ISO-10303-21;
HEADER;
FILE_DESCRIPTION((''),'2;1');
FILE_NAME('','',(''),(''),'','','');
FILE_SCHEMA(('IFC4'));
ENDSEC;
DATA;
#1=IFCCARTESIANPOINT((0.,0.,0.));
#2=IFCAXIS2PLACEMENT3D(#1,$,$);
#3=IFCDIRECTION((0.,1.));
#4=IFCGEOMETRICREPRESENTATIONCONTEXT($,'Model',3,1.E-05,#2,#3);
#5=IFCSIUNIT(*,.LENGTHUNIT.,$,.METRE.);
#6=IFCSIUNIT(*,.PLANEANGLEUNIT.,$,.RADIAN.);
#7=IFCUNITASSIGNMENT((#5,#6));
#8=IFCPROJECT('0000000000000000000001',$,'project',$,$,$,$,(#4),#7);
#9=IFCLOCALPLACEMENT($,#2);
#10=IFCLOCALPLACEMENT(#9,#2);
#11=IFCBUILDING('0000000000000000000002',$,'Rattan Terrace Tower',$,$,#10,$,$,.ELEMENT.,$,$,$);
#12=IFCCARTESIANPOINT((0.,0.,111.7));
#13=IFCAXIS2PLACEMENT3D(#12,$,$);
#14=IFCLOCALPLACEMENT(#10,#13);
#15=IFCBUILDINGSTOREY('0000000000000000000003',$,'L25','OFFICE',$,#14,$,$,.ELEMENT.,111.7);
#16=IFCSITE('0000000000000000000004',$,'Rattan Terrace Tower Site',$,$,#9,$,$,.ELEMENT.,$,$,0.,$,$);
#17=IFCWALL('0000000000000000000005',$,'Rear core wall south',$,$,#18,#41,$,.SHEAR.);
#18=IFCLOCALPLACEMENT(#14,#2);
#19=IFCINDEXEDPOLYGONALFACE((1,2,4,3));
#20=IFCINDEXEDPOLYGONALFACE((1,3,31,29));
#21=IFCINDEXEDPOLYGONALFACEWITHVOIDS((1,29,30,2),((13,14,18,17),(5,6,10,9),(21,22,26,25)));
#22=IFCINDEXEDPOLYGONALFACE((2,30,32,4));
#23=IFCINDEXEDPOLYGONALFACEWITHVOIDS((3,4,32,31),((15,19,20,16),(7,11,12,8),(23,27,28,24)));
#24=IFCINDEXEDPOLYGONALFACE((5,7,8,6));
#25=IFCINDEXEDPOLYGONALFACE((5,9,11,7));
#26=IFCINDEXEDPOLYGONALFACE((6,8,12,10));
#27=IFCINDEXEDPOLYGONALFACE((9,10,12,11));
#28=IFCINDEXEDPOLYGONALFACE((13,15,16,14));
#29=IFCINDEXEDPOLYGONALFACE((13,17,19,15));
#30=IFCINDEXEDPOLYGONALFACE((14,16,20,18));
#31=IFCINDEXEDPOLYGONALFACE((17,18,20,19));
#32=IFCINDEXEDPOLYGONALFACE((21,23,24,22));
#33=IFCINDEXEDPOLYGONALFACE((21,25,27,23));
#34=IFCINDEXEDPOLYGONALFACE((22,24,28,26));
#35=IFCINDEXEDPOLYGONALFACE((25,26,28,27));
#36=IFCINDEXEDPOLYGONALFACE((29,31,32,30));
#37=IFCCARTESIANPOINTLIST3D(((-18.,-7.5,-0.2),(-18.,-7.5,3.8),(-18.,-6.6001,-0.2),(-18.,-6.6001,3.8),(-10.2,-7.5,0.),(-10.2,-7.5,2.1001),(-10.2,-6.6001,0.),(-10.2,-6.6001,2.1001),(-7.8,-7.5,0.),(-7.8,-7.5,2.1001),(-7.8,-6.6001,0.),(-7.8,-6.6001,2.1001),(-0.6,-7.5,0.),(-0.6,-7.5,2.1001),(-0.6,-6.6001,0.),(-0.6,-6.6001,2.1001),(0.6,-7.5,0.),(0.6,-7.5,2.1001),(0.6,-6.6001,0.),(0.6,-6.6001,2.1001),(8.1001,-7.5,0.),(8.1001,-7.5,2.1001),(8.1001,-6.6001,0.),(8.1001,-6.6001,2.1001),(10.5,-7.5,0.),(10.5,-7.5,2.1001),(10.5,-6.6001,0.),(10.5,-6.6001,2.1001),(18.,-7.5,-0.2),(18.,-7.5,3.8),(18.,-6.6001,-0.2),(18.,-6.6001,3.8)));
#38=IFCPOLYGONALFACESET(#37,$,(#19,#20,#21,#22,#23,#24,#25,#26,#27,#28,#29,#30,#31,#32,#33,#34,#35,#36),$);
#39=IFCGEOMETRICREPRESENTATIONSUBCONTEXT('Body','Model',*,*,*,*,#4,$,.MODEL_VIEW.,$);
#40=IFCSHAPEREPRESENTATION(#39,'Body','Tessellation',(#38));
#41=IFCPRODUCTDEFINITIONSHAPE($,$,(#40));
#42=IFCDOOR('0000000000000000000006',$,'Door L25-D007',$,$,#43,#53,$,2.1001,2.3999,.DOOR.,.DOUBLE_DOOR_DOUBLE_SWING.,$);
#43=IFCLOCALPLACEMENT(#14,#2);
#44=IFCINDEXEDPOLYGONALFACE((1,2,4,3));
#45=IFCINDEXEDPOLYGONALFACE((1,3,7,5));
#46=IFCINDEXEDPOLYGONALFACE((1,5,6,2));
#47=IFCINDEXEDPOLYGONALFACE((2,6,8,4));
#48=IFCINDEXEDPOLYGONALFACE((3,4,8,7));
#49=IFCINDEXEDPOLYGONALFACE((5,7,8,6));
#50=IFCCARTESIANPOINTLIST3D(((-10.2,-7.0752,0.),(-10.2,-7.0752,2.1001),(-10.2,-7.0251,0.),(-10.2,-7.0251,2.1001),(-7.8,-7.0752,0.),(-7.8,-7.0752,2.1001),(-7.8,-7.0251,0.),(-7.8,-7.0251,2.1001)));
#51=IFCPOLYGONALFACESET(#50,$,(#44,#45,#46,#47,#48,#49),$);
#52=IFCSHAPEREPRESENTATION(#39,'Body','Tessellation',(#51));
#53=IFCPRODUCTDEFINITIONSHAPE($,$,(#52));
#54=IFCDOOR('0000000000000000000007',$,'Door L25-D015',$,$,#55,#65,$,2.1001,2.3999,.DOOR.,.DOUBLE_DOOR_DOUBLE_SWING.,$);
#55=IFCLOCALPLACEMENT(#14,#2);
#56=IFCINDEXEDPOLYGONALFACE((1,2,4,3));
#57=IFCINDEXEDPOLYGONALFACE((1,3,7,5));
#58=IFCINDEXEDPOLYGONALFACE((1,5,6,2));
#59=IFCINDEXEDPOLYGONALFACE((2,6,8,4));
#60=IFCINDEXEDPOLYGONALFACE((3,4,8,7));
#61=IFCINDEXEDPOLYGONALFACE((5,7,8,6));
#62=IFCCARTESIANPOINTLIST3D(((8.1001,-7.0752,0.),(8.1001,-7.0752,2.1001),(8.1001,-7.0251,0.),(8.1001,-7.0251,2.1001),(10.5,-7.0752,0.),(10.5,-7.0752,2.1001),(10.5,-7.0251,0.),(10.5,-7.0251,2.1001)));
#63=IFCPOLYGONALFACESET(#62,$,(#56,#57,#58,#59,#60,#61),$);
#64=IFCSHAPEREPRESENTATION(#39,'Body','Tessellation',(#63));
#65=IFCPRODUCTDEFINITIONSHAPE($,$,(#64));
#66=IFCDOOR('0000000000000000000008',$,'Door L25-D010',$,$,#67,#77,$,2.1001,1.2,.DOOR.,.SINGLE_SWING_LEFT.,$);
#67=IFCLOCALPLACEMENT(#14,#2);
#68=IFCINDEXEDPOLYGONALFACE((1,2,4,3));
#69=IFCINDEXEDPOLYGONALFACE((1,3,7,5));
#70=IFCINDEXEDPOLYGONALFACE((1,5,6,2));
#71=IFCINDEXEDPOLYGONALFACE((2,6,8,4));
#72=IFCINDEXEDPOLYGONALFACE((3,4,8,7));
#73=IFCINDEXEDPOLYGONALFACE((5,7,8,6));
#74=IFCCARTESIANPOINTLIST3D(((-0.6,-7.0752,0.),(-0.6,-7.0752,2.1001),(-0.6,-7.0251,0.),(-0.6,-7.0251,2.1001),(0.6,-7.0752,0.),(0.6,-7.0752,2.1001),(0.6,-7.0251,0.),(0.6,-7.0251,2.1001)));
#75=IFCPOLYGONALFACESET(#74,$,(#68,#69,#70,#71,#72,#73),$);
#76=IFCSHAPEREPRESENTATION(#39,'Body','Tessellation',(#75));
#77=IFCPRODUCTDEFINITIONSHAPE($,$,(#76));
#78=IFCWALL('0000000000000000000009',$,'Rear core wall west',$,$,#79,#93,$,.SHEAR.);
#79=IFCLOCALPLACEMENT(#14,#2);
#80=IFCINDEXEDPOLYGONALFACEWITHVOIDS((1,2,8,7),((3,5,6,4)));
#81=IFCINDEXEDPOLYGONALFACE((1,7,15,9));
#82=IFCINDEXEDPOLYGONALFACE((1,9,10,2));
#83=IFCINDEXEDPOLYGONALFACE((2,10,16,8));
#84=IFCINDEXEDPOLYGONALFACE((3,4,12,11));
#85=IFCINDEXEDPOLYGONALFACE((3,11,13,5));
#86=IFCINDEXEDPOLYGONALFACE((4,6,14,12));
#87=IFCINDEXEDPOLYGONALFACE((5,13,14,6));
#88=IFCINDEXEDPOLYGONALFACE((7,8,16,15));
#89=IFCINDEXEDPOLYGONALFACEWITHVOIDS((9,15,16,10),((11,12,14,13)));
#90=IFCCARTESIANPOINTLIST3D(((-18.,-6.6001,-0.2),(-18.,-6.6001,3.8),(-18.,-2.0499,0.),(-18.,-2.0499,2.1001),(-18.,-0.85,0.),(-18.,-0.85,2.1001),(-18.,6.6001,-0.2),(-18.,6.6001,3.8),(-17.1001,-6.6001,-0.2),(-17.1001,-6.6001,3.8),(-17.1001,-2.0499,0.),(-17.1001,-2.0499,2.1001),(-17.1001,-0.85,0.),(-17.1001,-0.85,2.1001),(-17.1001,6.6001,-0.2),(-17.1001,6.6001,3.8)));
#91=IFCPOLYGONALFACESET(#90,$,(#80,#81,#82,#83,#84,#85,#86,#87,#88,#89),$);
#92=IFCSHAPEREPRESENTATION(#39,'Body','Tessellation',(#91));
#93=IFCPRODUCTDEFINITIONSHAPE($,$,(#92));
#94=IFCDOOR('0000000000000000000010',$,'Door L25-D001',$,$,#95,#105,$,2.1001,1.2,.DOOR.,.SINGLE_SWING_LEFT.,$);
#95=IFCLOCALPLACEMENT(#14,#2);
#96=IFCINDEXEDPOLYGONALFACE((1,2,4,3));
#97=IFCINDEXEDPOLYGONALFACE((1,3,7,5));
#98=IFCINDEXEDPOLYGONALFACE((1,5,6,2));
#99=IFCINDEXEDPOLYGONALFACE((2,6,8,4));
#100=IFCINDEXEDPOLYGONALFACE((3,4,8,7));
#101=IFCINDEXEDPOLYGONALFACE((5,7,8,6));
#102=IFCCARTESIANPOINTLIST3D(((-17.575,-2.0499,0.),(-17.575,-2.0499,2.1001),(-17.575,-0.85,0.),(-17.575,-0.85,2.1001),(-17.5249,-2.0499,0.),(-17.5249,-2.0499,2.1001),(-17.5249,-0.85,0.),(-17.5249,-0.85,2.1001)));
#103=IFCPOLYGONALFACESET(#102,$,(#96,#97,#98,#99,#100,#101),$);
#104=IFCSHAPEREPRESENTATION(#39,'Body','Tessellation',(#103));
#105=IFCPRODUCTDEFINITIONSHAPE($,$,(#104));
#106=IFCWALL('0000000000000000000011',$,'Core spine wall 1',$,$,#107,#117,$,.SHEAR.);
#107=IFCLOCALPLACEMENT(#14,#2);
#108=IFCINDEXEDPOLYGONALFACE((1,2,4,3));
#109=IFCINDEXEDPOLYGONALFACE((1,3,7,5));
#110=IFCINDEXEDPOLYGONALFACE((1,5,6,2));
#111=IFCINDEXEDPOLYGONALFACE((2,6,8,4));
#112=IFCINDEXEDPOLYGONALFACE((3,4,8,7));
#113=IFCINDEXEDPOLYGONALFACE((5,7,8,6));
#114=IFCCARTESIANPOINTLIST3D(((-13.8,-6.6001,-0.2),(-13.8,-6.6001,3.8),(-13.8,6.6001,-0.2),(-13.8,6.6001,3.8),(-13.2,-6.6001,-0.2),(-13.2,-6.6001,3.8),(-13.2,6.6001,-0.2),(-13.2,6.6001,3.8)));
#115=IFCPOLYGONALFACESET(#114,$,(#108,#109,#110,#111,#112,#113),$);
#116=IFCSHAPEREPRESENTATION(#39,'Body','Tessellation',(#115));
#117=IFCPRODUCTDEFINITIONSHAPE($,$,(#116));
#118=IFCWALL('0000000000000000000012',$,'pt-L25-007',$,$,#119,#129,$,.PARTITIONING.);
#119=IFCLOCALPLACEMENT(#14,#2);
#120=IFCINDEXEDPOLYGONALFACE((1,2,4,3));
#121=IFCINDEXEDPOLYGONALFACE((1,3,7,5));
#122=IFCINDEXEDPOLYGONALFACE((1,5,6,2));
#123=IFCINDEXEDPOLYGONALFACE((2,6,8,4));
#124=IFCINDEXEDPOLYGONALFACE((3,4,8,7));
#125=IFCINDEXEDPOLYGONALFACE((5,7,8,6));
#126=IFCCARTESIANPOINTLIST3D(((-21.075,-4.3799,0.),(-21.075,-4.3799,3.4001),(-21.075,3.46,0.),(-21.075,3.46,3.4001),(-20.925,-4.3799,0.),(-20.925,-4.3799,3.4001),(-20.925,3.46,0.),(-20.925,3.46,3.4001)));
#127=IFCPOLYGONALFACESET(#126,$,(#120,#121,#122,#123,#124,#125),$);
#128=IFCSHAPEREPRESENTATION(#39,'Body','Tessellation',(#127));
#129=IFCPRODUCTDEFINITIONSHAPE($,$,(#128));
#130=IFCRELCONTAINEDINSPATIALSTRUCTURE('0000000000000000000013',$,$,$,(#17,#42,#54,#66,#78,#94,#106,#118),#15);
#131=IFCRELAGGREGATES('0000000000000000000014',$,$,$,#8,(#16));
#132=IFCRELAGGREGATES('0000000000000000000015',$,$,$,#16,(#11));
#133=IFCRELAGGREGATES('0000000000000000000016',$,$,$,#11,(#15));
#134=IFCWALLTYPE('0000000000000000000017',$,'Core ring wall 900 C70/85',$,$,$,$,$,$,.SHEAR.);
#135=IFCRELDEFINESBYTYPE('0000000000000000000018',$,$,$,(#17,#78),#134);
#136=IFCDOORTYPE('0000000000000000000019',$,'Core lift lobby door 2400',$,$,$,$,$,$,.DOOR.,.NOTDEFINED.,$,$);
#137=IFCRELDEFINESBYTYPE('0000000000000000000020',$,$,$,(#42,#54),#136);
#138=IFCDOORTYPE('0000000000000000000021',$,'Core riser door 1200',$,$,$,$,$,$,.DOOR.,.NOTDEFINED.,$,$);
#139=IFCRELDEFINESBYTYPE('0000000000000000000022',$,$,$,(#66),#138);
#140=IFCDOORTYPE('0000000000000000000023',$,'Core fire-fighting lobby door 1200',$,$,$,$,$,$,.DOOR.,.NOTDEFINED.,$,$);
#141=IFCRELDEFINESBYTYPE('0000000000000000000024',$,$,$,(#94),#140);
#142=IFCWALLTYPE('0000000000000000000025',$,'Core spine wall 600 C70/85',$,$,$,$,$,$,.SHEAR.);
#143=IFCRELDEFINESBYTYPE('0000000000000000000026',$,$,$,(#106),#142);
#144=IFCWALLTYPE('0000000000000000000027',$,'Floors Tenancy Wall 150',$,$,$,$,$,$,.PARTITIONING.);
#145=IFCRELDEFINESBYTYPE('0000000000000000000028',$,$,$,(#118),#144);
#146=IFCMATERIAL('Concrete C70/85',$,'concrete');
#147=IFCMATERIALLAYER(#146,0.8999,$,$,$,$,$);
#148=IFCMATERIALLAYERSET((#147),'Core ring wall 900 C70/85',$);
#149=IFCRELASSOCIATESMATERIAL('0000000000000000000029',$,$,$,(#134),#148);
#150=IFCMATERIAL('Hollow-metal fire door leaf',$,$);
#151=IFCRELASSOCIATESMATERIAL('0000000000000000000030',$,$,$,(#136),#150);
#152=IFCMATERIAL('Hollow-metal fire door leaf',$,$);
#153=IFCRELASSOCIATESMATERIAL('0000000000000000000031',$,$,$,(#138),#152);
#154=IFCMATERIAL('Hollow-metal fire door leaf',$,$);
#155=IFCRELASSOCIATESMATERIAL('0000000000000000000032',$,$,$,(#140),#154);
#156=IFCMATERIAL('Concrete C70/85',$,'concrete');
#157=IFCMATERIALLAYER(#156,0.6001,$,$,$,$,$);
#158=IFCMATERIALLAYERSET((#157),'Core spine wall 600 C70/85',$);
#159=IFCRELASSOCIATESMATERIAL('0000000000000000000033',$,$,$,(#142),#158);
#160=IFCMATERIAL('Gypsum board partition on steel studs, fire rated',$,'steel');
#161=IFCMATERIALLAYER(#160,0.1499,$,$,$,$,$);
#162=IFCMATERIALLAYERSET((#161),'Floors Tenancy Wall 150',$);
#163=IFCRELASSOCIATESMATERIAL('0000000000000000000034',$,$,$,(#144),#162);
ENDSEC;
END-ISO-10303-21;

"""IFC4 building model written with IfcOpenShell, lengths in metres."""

from ifc_helpers import new_model, si_unit, direction, frame, frame_2d, origin, place, context, subcontext, project, spatial, rectangle, extrude, material, layer, layer_set, type_object, element, fill, save


model = new_model("IFC4")

# Units and contexts
model_context = context("Model", 3, precision=1e-05, world=origin(), true_north=direction((0.0, 1.0)))
body_context = subcontext(model_context, "Body", "Model", "MODEL_VIEW")
ifc_project = project(units=[si_unit("LENGTHUNIT", "METRE"), si_unit("PLANEANGLEUNIT", "RADIAN")], contexts=[model_context])

# Site, building, storey
site_placement = place(None, origin())
site = spatial("IfcSite", under=ifc_project, at=site_placement, Name="Rattan Terrace Tower Site", CompositionType="ELEMENT", RefElevation=0.0)
building_placement = place(site_placement, origin())
building = spatial("IfcBuilding", under=site, at=building_placement, Name="Rattan Terrace Tower", CompositionType="ELEMENT")
storey_placement = place(building_placement, frame((0.0, 0.0, 111.7)))
storey = spatial("IfcBuildingStorey", under=building, at=storey_placement, Name="L25", Description="OFFICE", CompositionType="ELEMENT", Elevation=111.7)

# Wall, openings, doors
ifc_material_1 = material(Name="Concrete C70/85", Category="concrete")
ifc_layer_1 = layer(ifc_material_1, 0.8999)
ifc_layer_set_1 = layer_set([ifc_layer_1], Name="Core ring wall 900 C70/85")
wall_type_1 = type_object("IfcWallType", Name="Core ring wall 900 C70/85", PredefinedType="SHEAR", material=ifc_layer_set_1)
wall_1_placement = place(storey_placement, frame((-18.0, -7.05, -0.2), z_axis=(0.0, 0.0, 1.0), x_axis=(1.0, 0.0, 0.0)))
wall_1 = element("IfcWall", 1, at=wall_1_placement, inside=storey, type_object=wall_type_1, Name="Rear core wall south", PredefinedType="SHEAR", context=body_context, shape_type="SweptSolid", body=[
    extrude(rectangle(XDim=36.0, YDim=0.8999, at=frame_2d((18.0, 0.0))), origin(), (0.0, 0.0, 1.0), 4.0),
])
opening_1_placement = place(wall_1_placement, frame((7.8, 0.0, 0.2)))
opening_1 = element("IfcOpeningElement", 2, at=opening_1_placement, cuts=wall_1, PredefinedType="OPENING", context=body_context, shape_type="SweptSolid", body=[
    extrude(rectangle(XDim=2.3999, YDim=2.1001, at=frame_2d((1.2, 1.05))), frame((0.0, 0.4604, 0.0), z_axis=(0.0, -1.0, 0.0), x_axis=(1.0, 0.0, 0.0)), (0.0, 0.0, 1.0), 0.9209),
])
opening_2_placement = place(wall_1_placement, frame((17.3999, 0.0, 0.2)))
opening_2 = element("IfcOpeningElement", 3, at=opening_2_placement, cuts=wall_1, PredefinedType="OPENING", context=body_context, shape_type="SweptSolid", body=[
    extrude(rectangle(XDim=1.2, YDim=2.1001, at=frame_2d((0.6001, 1.05))), frame((0.0, 0.4604, 0.0), z_axis=(0.0, -1.0, 0.0), x_axis=(1.0, 0.0, 0.0)), (0.0, 0.0, 1.0), 0.9209),
])
opening_3_placement = place(wall_1_placement, frame((26.1001, 0.0, 0.2)))
opening_3 = element("IfcOpeningElement", 4, at=opening_3_placement, cuts=wall_1, PredefinedType="OPENING", context=body_context, shape_type="SweptSolid", body=[
    extrude(rectangle(XDim=2.3999, YDim=2.1001, at=frame_2d((1.2, 1.05))), frame((0.0, 0.4604, 0.0), z_axis=(0.0, -1.0, 0.0), x_axis=(1.0, 0.0, 0.0)), (0.0, 0.0, 1.0), 0.9209),
])
ifc_material_2 = material(Name="Hollow-metal fire door leaf")
door_type_1 = type_object("IfcDoorType", Name="Core lift lobby door 2400", OperationType="NOTDEFINED", PredefinedType="DOOR", material=ifc_material_2)
door_1_placement = place(opening_1_placement, origin())
door_1 = element("IfcDoor", 5, at=door_1_placement, inside=storey, type_object=door_type_1, Name="Door L25-D007", OperationType="DOUBLE_DOOR_DOUBLE_SWING", OverallHeight=2.1001, OverallWidth=2.3999, PredefinedType="DOOR", context=body_context, shape_type="SweptSolid", body=[
    extrude(rectangle(XDim=2.3999, YDim=2.1001, at=frame_2d((1.2, 1.05))), frame((0.0, 0.0249, 0.0), z_axis=(0.0, -1.0, 0.0), x_axis=(1.0, 0.0, 0.0)), (0.0, 0.0, 1.0), 0.05),
])
fill(opening_1, door_1)
door_2_placement = place(opening_3_placement, origin())
door_2 = element("IfcDoor", 6, at=door_2_placement, inside=storey, type_object=door_type_1, Name="Door L25-D015", OperationType="DOUBLE_DOOR_DOUBLE_SWING", OverallHeight=2.1001, OverallWidth=2.3999, PredefinedType="DOOR", context=body_context, shape_type="SweptSolid", body=[
    extrude(rectangle(XDim=2.3999, YDim=2.1001, at=frame_2d((1.2, 1.05))), frame((0.0, 0.0249, 0.0), z_axis=(0.0, -1.0, 0.0), x_axis=(1.0, 0.0, 0.0)), (0.0, 0.0, 1.0), 0.05),
])
fill(opening_3, door_2)
ifc_material_3 = material(Name="Hollow-metal fire door leaf")
door_type_2 = type_object("IfcDoorType", Name="Core riser door 1200", OperationType="NOTDEFINED", PredefinedType="DOOR", material=ifc_material_3)
door_3_placement = place(opening_2_placement, origin())
door_3 = element("IfcDoor", 7, at=door_3_placement, inside=storey, type_object=door_type_2, Name="Door L25-D010", OperationType="SINGLE_SWING_LEFT", OverallHeight=2.1001, OverallWidth=1.2, PredefinedType="DOOR", context=body_context, shape_type="SweptSolid", body=[
    extrude(rectangle(XDim=1.2, YDim=2.1001, at=frame_2d((0.6001, 1.05))), frame((0.0, 0.0249, 0.0), z_axis=(0.0, -1.0, 0.0), x_axis=(1.0, 0.0, 0.0)), (0.0, 0.0, 1.0), 0.05),
])
fill(opening_2, door_3)

# Wall, opening, door
wall_2_placement = place(storey_placement, frame((-17.55, -6.6001, -0.2), z_axis=(0.0, 0.0, 1.0), x_axis=(0.0, 1.0, 0.0)))
wall_2 = element("IfcWall", 8, at=wall_2_placement, inside=storey, type_object=wall_type_1, Name="Rear core wall west", PredefinedType="SHEAR", context=body_context, shape_type="SweptSolid", body=[
    extrude(rectangle(XDim=13.2002, YDim=0.8999, at=frame_2d((6.6001, 0.0))), origin(), (0.0, 0.0, 1.0), 4.0),
])
opening_4_placement = place(wall_2_placement, frame((4.55, 0.0, 0.2)))
opening_4 = element("IfcOpeningElement", 9, at=opening_4_placement, cuts=wall_2, PredefinedType="OPENING", context=body_context, shape_type="SweptSolid", body=[
    extrude(rectangle(XDim=1.2, YDim=2.1001, at=frame_2d((0.6001, 1.05))), frame((0.0, 0.4604, 0.0), z_axis=(0.0, -1.0, 0.0), x_axis=(1.0, 0.0, 0.0)), (0.0, 0.0, 1.0), 0.9209),
])
ifc_material_4 = material(Name="Hollow-metal fire door leaf")
door_type_3 = type_object("IfcDoorType", Name="Core fire-fighting lobby door 1200", OperationType="NOTDEFINED", PredefinedType="DOOR", material=ifc_material_4)
door_4_placement = place(opening_4_placement, origin())
door_4 = element("IfcDoor", 10, at=door_4_placement, inside=storey, type_object=door_type_3, Name="Door L25-D001", OperationType="SINGLE_SWING_LEFT", OverallHeight=2.1001, OverallWidth=1.2, PredefinedType="DOOR", context=body_context, shape_type="SweptSolid", body=[
    extrude(rectangle(XDim=1.2, YDim=2.1001, at=frame_2d((0.6001, 1.05))), frame((0.0, 0.0249, 0.0), z_axis=(0.0, -1.0, 0.0), x_axis=(1.0, 0.0, 0.0)), (0.0, 0.0, 1.0), 0.05),
])
fill(opening_4, door_4)

# Walls
ifc_material_5 = material(Name="Concrete C70/85", Category="concrete")
ifc_layer_2 = layer(ifc_material_5, 0.6001)
ifc_layer_set_2 = layer_set([ifc_layer_2], Name="Core spine wall 600 C70/85")
wall_type_2 = type_object("IfcWallType", Name="Core spine wall 600 C70/85", PredefinedType="SHEAR", material=ifc_layer_set_2)
wall_3_placement = place(storey_placement, frame((-13.5, -6.6001, -0.2), z_axis=(0.0, 0.0, 1.0), x_axis=(0.0, 1.0, 0.0)))
element("IfcWall", 11, at=wall_3_placement, inside=storey, type_object=wall_type_2, Name="Core spine wall 1", PredefinedType="SHEAR", context=body_context, shape_type="SweptSolid", body=[
    extrude(rectangle(XDim=13.2002, YDim=0.6001, at=frame_2d((6.6001, 0.0))), origin(), (0.0, 0.0, 1.0), 4.0),
])
ifc_material_6 = material(Name="Gypsum board partition on steel studs, fire rated", Category="steel")
ifc_layer_3 = layer(ifc_material_6, 0.1499)
ifc_layer_set_3 = layer_set([ifc_layer_3], Name="Floors Tenancy Wall 150")
wall_type_3 = type_object("IfcWallType", Name="Floors Tenancy Wall 150", PredefinedType="PARTITIONING", material=ifc_layer_set_3)
wall_4_placement = place(storey_placement, frame((-21.0, -4.3799, 0.0), z_axis=(0.0, 0.0, 1.0), x_axis=(0.0, 1.0, 0.0)))
element("IfcWall", 12, at=wall_4_placement, inside=storey, type_object=wall_type_3, Name="pt-L25-007", PredefinedType="PARTITIONING", context=body_context, shape_type="SweptSolid", body=[
    extrude(rectangle(XDim=7.8398, YDim=0.1499, at=frame_2d((3.9199, 0.0))), origin(), (0.0, 0.0, 1.0), 3.4001),
])

save(model, "model.ifc")
